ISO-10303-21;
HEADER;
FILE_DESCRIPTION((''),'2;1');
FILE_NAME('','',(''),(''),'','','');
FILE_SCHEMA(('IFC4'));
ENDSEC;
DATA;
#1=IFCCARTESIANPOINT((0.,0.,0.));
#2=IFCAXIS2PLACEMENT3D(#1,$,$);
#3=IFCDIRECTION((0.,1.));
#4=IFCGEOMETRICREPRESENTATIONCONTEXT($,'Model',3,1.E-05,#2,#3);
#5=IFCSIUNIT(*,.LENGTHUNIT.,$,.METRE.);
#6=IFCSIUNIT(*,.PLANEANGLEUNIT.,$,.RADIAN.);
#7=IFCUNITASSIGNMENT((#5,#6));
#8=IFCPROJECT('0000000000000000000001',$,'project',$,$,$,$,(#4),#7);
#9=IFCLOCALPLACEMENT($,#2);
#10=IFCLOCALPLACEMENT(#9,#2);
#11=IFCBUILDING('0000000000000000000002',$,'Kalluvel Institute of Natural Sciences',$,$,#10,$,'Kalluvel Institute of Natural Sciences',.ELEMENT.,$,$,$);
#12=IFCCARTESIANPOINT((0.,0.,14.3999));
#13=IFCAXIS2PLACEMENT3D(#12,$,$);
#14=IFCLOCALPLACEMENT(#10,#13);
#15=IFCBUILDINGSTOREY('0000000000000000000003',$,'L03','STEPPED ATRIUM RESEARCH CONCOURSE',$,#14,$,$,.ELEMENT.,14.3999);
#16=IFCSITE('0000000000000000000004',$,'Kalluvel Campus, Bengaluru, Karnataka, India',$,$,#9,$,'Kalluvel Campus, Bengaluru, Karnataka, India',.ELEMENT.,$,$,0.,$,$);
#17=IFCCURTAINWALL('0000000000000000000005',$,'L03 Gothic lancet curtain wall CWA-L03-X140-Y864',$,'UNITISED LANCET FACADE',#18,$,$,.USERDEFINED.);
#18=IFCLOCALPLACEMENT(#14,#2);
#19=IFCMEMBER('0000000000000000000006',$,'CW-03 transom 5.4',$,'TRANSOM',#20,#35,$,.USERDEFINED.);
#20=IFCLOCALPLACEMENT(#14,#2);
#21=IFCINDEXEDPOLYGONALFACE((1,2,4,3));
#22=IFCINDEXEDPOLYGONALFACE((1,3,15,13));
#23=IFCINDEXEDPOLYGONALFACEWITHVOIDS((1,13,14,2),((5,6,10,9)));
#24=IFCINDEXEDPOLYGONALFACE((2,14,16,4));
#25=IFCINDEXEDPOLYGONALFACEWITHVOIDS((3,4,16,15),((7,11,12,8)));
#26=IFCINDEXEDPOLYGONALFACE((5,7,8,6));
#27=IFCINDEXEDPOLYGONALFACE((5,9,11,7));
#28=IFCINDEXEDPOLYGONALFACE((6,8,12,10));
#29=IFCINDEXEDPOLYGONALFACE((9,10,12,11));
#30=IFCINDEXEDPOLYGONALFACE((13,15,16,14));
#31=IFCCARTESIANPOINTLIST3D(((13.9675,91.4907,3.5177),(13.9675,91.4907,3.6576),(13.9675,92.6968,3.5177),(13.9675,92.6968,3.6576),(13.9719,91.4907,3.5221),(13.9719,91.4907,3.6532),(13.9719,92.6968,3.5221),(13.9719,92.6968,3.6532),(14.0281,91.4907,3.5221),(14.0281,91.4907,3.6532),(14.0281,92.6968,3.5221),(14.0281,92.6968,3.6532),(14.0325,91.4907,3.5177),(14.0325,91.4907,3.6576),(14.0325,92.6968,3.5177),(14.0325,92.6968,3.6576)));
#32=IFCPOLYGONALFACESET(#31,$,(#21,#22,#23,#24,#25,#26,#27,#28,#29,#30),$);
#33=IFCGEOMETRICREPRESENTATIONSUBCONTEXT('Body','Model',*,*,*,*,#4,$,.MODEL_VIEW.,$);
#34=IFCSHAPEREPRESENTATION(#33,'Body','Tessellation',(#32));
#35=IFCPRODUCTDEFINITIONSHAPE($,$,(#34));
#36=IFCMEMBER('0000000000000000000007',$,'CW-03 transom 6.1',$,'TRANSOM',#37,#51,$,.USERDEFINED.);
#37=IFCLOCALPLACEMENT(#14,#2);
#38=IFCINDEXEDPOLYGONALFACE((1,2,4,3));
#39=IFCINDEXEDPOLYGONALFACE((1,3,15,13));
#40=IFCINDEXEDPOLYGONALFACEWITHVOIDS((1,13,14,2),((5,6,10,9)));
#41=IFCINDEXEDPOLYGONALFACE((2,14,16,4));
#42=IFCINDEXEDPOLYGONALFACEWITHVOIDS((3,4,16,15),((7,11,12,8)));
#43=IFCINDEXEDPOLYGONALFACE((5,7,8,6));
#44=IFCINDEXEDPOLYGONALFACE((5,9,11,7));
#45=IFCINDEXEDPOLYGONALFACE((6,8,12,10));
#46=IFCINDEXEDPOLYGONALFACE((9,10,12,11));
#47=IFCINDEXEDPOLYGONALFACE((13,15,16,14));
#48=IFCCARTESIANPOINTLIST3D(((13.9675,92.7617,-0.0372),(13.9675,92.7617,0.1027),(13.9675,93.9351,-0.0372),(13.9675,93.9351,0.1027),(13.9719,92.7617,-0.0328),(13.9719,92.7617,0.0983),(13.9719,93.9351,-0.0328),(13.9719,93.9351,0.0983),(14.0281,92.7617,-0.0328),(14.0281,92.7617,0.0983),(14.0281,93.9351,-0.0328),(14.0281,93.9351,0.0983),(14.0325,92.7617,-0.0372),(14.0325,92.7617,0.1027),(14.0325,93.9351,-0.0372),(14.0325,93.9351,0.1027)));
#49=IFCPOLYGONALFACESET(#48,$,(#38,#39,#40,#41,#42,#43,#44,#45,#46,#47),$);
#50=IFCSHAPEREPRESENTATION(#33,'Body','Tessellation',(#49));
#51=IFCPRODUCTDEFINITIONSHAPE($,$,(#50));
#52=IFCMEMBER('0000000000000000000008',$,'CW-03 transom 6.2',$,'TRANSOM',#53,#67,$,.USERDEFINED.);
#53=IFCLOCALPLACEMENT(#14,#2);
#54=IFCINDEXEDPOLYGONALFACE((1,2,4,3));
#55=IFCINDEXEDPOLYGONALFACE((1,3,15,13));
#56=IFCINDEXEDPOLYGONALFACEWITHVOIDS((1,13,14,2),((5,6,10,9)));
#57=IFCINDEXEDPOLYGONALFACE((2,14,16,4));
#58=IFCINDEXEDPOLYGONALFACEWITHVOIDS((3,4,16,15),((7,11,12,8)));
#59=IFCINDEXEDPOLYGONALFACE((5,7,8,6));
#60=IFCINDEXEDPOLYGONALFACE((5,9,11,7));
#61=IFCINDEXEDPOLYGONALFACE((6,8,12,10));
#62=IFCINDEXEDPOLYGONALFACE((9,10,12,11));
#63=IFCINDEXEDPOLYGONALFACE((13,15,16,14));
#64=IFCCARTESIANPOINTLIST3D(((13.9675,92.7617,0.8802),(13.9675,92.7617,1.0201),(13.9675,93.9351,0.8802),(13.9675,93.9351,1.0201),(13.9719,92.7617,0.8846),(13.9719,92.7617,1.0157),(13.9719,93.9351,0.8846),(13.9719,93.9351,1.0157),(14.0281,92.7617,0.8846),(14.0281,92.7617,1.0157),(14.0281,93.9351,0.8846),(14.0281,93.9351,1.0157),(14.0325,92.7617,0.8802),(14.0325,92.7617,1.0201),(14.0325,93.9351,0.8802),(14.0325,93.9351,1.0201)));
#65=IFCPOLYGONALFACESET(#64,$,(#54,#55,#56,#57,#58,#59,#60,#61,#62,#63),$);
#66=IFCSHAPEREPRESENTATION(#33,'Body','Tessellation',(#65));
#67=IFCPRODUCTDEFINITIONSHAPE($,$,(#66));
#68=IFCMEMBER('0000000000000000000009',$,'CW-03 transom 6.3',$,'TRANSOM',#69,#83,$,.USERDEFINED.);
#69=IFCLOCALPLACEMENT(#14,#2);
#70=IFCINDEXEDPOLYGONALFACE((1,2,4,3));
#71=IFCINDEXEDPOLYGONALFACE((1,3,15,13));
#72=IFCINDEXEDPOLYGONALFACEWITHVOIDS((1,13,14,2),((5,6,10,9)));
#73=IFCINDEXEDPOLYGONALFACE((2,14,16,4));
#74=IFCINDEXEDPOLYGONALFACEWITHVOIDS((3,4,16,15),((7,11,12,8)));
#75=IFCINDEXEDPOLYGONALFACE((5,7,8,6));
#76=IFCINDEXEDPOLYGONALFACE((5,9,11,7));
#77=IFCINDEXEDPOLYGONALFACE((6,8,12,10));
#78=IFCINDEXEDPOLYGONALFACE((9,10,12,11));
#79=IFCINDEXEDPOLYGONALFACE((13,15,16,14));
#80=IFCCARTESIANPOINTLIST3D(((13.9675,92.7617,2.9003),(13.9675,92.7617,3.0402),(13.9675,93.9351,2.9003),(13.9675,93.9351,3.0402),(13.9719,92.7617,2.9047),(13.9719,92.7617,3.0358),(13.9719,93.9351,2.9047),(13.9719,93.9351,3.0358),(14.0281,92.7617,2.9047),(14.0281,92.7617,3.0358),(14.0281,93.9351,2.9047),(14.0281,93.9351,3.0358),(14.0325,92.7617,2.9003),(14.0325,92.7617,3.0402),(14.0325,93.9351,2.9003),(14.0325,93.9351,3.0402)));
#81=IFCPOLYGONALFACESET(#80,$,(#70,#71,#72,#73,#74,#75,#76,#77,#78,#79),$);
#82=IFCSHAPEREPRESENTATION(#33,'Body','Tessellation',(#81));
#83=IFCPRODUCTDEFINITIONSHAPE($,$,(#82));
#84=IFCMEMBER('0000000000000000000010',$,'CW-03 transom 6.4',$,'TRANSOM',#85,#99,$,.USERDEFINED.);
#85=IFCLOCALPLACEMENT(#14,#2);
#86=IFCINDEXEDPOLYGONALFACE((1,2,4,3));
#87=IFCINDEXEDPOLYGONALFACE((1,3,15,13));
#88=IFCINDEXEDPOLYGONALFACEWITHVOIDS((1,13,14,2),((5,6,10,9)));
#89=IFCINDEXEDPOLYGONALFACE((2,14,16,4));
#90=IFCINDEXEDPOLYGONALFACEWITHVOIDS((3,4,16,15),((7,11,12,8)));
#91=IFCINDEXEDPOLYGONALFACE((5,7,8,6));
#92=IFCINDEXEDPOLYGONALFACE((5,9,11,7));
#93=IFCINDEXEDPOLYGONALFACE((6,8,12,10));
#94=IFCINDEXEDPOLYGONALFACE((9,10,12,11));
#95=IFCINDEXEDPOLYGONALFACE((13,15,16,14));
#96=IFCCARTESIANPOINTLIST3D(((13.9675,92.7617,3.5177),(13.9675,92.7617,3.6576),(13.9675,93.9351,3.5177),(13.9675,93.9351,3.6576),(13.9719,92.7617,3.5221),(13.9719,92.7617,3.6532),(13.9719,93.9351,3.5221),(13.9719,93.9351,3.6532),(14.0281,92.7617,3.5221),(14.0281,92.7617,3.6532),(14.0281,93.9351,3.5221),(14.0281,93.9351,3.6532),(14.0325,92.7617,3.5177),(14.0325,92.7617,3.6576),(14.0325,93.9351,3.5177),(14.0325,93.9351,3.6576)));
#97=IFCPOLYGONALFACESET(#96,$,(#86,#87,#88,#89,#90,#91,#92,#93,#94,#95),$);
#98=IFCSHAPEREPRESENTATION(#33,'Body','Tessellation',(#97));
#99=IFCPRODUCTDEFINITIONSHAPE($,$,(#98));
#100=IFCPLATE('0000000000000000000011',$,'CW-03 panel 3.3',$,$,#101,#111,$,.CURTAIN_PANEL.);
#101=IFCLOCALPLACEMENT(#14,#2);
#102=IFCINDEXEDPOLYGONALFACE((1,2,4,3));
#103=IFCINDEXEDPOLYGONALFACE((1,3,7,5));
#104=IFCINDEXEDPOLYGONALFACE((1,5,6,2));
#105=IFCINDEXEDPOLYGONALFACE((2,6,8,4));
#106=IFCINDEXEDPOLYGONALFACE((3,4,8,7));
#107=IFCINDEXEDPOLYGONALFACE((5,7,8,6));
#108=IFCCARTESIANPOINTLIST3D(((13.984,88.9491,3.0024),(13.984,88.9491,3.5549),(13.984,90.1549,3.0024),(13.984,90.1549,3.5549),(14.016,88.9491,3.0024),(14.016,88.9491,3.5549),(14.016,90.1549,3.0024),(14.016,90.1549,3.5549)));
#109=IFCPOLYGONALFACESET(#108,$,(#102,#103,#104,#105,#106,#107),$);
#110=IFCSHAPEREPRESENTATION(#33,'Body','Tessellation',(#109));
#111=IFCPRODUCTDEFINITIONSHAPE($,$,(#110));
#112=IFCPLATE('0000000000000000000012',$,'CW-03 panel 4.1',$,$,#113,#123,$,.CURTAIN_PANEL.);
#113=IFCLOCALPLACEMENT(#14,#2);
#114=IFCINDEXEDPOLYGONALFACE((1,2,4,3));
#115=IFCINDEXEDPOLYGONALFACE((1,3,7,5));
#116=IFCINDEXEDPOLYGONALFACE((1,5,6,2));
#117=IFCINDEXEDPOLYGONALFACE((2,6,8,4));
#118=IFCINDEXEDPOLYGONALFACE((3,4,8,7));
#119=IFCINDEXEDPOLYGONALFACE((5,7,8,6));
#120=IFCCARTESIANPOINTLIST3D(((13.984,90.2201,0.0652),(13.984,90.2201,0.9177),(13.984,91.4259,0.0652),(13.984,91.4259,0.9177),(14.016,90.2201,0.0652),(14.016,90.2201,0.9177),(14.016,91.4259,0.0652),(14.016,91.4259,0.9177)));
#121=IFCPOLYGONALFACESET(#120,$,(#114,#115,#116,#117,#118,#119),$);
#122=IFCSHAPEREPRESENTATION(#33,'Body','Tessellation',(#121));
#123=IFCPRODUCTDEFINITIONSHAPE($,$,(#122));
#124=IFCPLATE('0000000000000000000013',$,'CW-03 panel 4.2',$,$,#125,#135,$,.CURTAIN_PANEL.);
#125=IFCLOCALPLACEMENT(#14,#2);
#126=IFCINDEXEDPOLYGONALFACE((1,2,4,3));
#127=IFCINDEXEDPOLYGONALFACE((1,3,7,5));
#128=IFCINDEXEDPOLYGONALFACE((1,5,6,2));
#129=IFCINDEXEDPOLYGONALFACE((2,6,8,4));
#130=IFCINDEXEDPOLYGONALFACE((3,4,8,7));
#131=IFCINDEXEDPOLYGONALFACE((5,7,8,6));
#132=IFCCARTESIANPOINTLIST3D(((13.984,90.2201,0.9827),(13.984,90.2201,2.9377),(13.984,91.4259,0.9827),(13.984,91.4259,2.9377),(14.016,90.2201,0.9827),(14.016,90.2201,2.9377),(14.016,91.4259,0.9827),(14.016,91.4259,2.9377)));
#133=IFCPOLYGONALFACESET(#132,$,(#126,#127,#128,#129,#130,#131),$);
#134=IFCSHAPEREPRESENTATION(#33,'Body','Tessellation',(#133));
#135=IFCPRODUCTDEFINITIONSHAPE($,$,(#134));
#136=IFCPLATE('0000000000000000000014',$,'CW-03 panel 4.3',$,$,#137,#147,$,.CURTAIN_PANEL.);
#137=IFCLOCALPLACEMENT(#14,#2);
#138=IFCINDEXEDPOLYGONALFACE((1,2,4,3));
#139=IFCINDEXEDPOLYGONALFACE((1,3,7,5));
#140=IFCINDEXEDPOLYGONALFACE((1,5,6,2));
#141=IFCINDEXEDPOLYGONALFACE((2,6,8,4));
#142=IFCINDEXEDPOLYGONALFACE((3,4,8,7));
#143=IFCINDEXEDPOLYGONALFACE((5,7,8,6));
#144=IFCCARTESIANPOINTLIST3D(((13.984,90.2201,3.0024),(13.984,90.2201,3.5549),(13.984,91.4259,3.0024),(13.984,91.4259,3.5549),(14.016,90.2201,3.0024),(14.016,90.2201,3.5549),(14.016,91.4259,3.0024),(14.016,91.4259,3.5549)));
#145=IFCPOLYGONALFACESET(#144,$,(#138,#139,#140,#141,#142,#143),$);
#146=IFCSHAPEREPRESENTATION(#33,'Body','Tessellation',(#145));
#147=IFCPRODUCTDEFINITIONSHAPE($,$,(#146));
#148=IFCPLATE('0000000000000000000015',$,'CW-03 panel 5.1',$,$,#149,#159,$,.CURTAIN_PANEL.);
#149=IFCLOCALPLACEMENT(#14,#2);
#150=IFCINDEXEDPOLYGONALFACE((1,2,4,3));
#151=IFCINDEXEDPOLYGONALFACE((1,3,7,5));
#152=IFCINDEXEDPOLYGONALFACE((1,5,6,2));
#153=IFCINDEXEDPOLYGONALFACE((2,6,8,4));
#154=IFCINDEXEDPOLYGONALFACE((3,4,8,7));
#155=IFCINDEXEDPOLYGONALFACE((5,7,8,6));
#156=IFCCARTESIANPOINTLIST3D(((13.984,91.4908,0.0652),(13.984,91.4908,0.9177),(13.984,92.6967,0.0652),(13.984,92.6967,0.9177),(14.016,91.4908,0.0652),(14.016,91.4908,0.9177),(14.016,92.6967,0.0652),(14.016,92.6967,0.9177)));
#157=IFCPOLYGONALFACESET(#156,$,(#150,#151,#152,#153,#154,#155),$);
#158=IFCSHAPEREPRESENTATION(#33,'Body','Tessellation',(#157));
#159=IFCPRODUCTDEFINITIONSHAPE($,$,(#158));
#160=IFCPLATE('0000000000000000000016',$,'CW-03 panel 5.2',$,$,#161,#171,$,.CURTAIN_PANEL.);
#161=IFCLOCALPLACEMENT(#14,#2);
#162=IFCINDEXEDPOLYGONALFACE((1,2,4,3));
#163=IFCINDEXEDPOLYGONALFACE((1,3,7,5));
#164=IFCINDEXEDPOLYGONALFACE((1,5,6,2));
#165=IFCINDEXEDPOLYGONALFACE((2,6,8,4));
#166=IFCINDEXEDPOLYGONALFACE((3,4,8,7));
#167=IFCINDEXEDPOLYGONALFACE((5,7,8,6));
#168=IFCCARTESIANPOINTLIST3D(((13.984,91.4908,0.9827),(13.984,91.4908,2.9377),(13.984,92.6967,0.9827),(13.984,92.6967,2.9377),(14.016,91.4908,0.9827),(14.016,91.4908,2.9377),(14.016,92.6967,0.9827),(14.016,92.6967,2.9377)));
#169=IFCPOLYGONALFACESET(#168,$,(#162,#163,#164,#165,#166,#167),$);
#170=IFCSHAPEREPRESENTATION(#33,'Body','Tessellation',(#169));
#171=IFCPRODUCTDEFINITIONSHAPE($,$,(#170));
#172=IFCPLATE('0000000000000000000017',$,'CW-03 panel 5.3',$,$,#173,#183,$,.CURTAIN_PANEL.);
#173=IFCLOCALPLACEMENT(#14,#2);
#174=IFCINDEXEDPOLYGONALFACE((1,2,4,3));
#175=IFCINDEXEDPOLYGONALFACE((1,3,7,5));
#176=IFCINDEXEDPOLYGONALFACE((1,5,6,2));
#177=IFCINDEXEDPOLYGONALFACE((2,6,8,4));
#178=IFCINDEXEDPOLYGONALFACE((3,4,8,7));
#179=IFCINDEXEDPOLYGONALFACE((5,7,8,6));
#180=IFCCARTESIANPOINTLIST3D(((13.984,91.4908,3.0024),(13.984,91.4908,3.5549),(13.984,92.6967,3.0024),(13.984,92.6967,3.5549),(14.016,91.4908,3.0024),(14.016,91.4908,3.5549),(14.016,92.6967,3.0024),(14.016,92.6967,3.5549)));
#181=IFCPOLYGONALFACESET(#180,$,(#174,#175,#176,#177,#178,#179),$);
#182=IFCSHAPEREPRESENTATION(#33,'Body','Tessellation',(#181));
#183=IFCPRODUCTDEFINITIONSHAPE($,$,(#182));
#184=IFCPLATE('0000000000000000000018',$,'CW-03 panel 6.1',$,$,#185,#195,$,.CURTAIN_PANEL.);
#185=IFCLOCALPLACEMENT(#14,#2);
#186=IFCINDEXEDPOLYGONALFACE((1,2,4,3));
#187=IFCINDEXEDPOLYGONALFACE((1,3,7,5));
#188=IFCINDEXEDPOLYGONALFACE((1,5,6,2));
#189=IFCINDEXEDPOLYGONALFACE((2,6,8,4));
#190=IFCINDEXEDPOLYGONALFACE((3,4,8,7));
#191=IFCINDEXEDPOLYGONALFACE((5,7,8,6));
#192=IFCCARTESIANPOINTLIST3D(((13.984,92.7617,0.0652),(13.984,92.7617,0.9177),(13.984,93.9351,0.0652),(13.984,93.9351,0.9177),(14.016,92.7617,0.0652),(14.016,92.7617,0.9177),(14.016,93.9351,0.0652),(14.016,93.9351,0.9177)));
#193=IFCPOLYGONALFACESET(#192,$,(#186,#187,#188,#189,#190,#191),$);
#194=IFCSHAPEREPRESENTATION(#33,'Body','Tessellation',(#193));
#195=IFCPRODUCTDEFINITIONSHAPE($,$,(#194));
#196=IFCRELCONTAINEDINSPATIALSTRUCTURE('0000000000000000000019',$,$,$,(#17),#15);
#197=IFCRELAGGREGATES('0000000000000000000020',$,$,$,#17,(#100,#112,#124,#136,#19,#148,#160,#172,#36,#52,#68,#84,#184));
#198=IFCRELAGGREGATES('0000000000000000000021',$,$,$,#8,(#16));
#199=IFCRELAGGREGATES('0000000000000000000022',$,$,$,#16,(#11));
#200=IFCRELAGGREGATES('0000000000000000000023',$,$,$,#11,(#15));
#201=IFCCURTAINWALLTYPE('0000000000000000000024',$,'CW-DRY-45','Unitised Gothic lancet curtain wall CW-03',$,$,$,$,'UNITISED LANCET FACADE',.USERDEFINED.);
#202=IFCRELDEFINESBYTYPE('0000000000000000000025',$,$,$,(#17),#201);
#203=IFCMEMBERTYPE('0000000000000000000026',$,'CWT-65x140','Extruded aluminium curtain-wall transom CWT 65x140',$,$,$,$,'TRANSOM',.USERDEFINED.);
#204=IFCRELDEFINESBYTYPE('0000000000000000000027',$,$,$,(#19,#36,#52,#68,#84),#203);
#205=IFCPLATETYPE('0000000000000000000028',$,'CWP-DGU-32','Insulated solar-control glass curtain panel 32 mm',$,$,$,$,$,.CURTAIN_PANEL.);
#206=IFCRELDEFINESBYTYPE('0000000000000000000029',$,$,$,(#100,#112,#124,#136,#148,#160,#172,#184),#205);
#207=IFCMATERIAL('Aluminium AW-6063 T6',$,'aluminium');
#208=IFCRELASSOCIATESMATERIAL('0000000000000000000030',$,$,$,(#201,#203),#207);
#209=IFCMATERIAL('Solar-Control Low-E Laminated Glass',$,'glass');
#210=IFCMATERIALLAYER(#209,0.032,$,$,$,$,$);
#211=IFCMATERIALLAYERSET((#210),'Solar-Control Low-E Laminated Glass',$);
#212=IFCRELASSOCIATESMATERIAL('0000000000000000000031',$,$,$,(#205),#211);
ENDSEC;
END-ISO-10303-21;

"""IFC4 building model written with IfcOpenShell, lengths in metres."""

from ifc_helpers import new_model, si_unit, direction, frame, origin, origin_2d, place, context, subcontext, project, spatial, rectangle, hollow_rectangle, extrude, material, layer, layer_set, material_profile, profile_set, type_object, element, aggregate, save


model = new_model("IFC4")

# Units and contexts
model_context = context("Model", 3, precision=1e-05, world=origin(), true_north=direction((0.0, 1.0)))
body_context = subcontext(model_context, "Body", "Model", "MODEL_VIEW")
ifc_project = project(units=[si_unit("LENGTHUNIT", "METRE"), si_unit("PLANEANGLEUNIT", "RADIAN")], contexts=[model_context])

# Site, building, storey
site_placement = place(None, origin())
site = spatial("IfcSite", under=ifc_project, at=site_placement, Name="Kalluvel Campus, Bengaluru, Karnataka, India", LongName="Kalluvel Campus, Bengaluru, Karnataka, India", CompositionType="ELEMENT", RefElevation=0.0)
building_placement = place(site_placement, origin())
building = spatial("IfcBuilding", under=site, at=building_placement, Name="Kalluvel Institute of Natural Sciences", LongName="Kalluvel Institute of Natural Sciences", CompositionType="ELEMENT")
storey_placement = place(building_placement, frame((0.0, 0.0, 14.3999)))
storey = spatial("IfcBuildingStorey", under=building, at=storey_placement, Name="L03", Description="STEPPED ATRIUM RESEARCH CONCOURSE", CompositionType="ELEMENT", Elevation=14.3999)

# Curtain wall, members, plates
ifc_material_1 = material(Name="Aluminium AW-6063 T6", Category="aluminium")
curtain_wall_type = type_object("IfcCurtainWallType", Name="CW-DRY-45", Description="Unitised Gothic lancet curtain wall CW-03", ElementType="UNITISED LANCET FACADE", PredefinedType="USERDEFINED", material=ifc_material_1)
curtain_wall_placement = place(storey_placement, origin())
curtain_wall = element("IfcCurtainWall", 1, at=curtain_wall_placement, inside=storey, type_object=curtain_wall_type, Name="L03 Gothic lancet curtain wall CWA-L03-X140-Y864", ObjectType="UNITISED LANCET FACADE", PredefinedType="USERDEFINED")
ifc_material_profile_1 = material_profile(ifc_material_1, hollow_rectangle(XDim=0.0649, YDim=0.1399, WallThickness=0.0044, at=origin_2d()), Name="CWT 65x140")
ifc_profile_set_1 = profile_set([ifc_material_profile_1], Name="Aluminium AW-6063 T6")
member_type_1 = type_object("IfcMemberType", Name="CWT-65x140", Description="Extruded aluminium curtain-wall transom CWT 65x140", ElementType="TRANSOM", PredefinedType="USERDEFINED", material=ifc_profile_set_1)
member_1_placement = place(storey_placement, frame((14.0, 91.4907, 3.5876), z_axis=(0.0, 1.0, 0.0), x_axis=(-1.0, 0.0, 0.0)))
member_1 = element("IfcMember", 2, at=member_1_placement, type_object=member_type_1, Name="CW-03 transom 5.4", ObjectType="TRANSOM", PredefinedType="USERDEFINED", context=body_context, shape_type="SweptSolid", body=[
    extrude(hollow_rectangle(XDim=0.0649, YDim=0.1399, WallThickness=0.0044, at=origin_2d()), origin(), (0.0, 0.0, 1.0), 1.2061),
])
member_2_placement = place(storey_placement, frame((14.0, 92.7617, 0.0327), z_axis=(0.0, 1.0, 0.0), x_axis=(-1.0, 0.0, 0.0)))
member_2 = element("IfcMember", 3, at=member_2_placement, type_object=member_type_1, Name="CW-03 transom 6.1", ObjectType="TRANSOM", PredefinedType="USERDEFINED", context=body_context, shape_type="SweptSolid", body=[
    extrude(hollow_rectangle(XDim=0.0649, YDim=0.1399, WallThickness=0.0044, at=origin_2d()), origin(), (0.0, 0.0, 1.0), 1.1733),
])
member_3_placement = place(storey_placement, frame((14.0, 92.7617, 0.9502), z_axis=(0.0, 1.0, 0.0), x_axis=(-1.0, 0.0, 0.0)))
member_3 = element("IfcMember", 4, at=member_3_placement, type_object=member_type_1, Name="CW-03 transom 6.2", ObjectType="TRANSOM", PredefinedType="USERDEFINED", context=body_context, shape_type="SweptSolid", body=[
    extrude(hollow_rectangle(XDim=0.0649, YDim=0.1399, WallThickness=0.0044, at=origin_2d()), origin(), (0.0, 0.0, 1.0), 1.1733),
])
member_4_placement = place(storey_placement, frame((14.0, 92.7617, 2.9702), z_axis=(0.0, 1.0, 0.0), x_axis=(-1.0, 0.0, 0.0)))
member_4 = element("IfcMember", 5, at=member_4_placement, type_object=member_type_1, Name="CW-03 transom 6.3", ObjectType="TRANSOM", PredefinedType="USERDEFINED", context=body_context, shape_type="SweptSolid", body=[
    extrude(hollow_rectangle(XDim=0.0649, YDim=0.1399, WallThickness=0.0044, at=origin_2d()), origin(), (0.0, 0.0, 1.0), 1.1733),
])
member_5_placement = place(storey_placement, frame((14.0, 92.7617, 3.5876), z_axis=(0.0, 1.0, 0.0), x_axis=(-1.0, 0.0, 0.0)))
member_5 = element("IfcMember", 6, at=member_5_placement, type_object=member_type_1, Name="CW-03 transom 6.4", ObjectType="TRANSOM", PredefinedType="USERDEFINED", context=body_context, shape_type="SweptSolid", body=[
    extrude(hollow_rectangle(XDim=0.0649, YDim=0.1399, WallThickness=0.0044, at=origin_2d()), origin(), (0.0, 0.0, 1.0), 1.1733),
])
ifc_material_2 = material(Name="Solar-Control Low-E Laminated Glass", Category="glass")
ifc_layer_1 = layer(ifc_material_2, 0.032)
ifc_layer_set_1 = layer_set([ifc_layer_1], Name="Solar-Control Low-E Laminated Glass")
plate_type = type_object("IfcPlateType", Name="CWP-DGU-32", Description="Insulated solar-control glass curtain panel 32 mm", PredefinedType="CURTAIN_PANEL", material=ifc_layer_set_1)
plate_1_placement = place(storey_placement, frame((14.0, 89.552, 3.0024), z_axis=(0.0, 0.0, 1.0), x_axis=(0.0, 1.0, 0.0)))
plate_1 = element("IfcPlate", 7, at=plate_1_placement, type_object=plate_type, Name="CW-03 panel 3.3", PredefinedType="CURTAIN_PANEL", context=body_context, shape_type="SweptSolid", body=[
    extrude(rectangle(XDim=1.2058, YDim=0.032, at=origin_2d()), origin(), (0.0, 0.0, 1.0), 0.5525),
])
plate_2_placement = place(storey_placement, frame((14.0, 90.823, 0.0652), z_axis=(0.0, 0.0, 1.0), x_axis=(0.0, 1.0, 0.0)))
plate_2 = element("IfcPlate", 8, at=plate_2_placement, type_object=plate_type, Name="CW-03 panel 4.1", PredefinedType="CURTAIN_PANEL", context=body_context, shape_type="SweptSolid", body=[
    extrude(rectangle(XDim=1.2058, YDim=0.032, at=origin_2d()), origin(), (0.0, 0.0, 1.0), 0.8525),
])
plate_3_placement = place(storey_placement, frame((14.0, 90.823, 0.9827), z_axis=(0.0, 0.0, 1.0), x_axis=(0.0, 1.0, 0.0)))
plate_3 = element("IfcPlate", 9, at=plate_3_placement, type_object=plate_type, Name="CW-03 panel 4.2", PredefinedType="CURTAIN_PANEL", context=body_context, shape_type="SweptSolid", body=[
    extrude(rectangle(XDim=1.2058, YDim=0.032, at=origin_2d()), origin(), (0.0, 0.0, 1.0), 1.9551),
])
plate_4_placement = place(storey_placement, frame((14.0, 90.823, 3.0024), z_axis=(0.0, 0.0, 1.0), x_axis=(0.0, 1.0, 0.0)))
plate_4 = element("IfcPlate", 10, at=plate_4_placement, type_object=plate_type, Name="CW-03 panel 4.3", PredefinedType="CURTAIN_PANEL", context=body_context, shape_type="SweptSolid", body=[
    extrude(rectangle(XDim=1.2058, YDim=0.032, at=origin_2d()), origin(), (0.0, 0.0, 1.0), 0.5525),
])
plate_5_placement = place(storey_placement, frame((14.0, 92.0938, 0.0652), z_axis=(0.0, 0.0, 1.0), x_axis=(0.0, 1.0, 0.0)))
plate_5 = element("IfcPlate", 11, at=plate_5_placement, type_object=plate_type, Name="CW-03 panel 5.1", PredefinedType="CURTAIN_PANEL", context=body_context, shape_type="SweptSolid", body=[
    extrude(rectangle(XDim=1.2058, YDim=0.032, at=origin_2d()), origin(), (0.0, 0.0, 1.0), 0.8525),
])
plate_6_placement = place(storey_placement, frame((14.0, 92.0938, 0.9827), z_axis=(0.0, 0.0, 1.0), x_axis=(0.0, 1.0, 0.0)))
plate_6 = element("IfcPlate", 12, at=plate_6_placement, type_object=plate_type, Name="CW-03 panel 5.2", PredefinedType="CURTAIN_PANEL", context=body_context, shape_type="SweptSolid", body=[
    extrude(rectangle(XDim=1.2058, YDim=0.032, at=origin_2d()), origin(), (0.0, 0.0, 1.0), 1.9551),
])
plate_7_placement = place(storey_placement, frame((14.0, 92.0938, 3.0024), z_axis=(0.0, 0.0, 1.0), x_axis=(0.0, 1.0, 0.0)))
plate_7 = element("IfcPlate", 13, at=plate_7_placement, type_object=plate_type, Name="CW-03 panel 5.3", PredefinedType="CURTAIN_PANEL", context=body_context, shape_type="SweptSolid", body=[
    extrude(rectangle(XDim=1.2058, YDim=0.032, at=origin_2d()), origin(), (0.0, 0.0, 1.0), 0.5525),
])
plate_8_placement = place(storey_placement, frame((14.0, 93.3484, 0.0652), z_axis=(0.0, 0.0, 1.0), x_axis=(0.0, 1.0, 0.0)))
plate_8 = element("IfcPlate", 14, at=plate_8_placement, type_object=plate_type, Name="CW-03 panel 6.1", PredefinedType="CURTAIN_PANEL", context=body_context, shape_type="SweptSolid", body=[
    extrude(rectangle(XDim=1.1733, YDim=0.032, at=origin_2d()), origin(), (0.0, 0.0, 1.0), 0.8525),
])
aggregate(curtain_wall, [plate_1, plate_2, plate_3, plate_4, member_1, plate_5, plate_6, plate_7, member_2, member_3, member_4, member_5, plate_8])

save(model, "model.ifc")
